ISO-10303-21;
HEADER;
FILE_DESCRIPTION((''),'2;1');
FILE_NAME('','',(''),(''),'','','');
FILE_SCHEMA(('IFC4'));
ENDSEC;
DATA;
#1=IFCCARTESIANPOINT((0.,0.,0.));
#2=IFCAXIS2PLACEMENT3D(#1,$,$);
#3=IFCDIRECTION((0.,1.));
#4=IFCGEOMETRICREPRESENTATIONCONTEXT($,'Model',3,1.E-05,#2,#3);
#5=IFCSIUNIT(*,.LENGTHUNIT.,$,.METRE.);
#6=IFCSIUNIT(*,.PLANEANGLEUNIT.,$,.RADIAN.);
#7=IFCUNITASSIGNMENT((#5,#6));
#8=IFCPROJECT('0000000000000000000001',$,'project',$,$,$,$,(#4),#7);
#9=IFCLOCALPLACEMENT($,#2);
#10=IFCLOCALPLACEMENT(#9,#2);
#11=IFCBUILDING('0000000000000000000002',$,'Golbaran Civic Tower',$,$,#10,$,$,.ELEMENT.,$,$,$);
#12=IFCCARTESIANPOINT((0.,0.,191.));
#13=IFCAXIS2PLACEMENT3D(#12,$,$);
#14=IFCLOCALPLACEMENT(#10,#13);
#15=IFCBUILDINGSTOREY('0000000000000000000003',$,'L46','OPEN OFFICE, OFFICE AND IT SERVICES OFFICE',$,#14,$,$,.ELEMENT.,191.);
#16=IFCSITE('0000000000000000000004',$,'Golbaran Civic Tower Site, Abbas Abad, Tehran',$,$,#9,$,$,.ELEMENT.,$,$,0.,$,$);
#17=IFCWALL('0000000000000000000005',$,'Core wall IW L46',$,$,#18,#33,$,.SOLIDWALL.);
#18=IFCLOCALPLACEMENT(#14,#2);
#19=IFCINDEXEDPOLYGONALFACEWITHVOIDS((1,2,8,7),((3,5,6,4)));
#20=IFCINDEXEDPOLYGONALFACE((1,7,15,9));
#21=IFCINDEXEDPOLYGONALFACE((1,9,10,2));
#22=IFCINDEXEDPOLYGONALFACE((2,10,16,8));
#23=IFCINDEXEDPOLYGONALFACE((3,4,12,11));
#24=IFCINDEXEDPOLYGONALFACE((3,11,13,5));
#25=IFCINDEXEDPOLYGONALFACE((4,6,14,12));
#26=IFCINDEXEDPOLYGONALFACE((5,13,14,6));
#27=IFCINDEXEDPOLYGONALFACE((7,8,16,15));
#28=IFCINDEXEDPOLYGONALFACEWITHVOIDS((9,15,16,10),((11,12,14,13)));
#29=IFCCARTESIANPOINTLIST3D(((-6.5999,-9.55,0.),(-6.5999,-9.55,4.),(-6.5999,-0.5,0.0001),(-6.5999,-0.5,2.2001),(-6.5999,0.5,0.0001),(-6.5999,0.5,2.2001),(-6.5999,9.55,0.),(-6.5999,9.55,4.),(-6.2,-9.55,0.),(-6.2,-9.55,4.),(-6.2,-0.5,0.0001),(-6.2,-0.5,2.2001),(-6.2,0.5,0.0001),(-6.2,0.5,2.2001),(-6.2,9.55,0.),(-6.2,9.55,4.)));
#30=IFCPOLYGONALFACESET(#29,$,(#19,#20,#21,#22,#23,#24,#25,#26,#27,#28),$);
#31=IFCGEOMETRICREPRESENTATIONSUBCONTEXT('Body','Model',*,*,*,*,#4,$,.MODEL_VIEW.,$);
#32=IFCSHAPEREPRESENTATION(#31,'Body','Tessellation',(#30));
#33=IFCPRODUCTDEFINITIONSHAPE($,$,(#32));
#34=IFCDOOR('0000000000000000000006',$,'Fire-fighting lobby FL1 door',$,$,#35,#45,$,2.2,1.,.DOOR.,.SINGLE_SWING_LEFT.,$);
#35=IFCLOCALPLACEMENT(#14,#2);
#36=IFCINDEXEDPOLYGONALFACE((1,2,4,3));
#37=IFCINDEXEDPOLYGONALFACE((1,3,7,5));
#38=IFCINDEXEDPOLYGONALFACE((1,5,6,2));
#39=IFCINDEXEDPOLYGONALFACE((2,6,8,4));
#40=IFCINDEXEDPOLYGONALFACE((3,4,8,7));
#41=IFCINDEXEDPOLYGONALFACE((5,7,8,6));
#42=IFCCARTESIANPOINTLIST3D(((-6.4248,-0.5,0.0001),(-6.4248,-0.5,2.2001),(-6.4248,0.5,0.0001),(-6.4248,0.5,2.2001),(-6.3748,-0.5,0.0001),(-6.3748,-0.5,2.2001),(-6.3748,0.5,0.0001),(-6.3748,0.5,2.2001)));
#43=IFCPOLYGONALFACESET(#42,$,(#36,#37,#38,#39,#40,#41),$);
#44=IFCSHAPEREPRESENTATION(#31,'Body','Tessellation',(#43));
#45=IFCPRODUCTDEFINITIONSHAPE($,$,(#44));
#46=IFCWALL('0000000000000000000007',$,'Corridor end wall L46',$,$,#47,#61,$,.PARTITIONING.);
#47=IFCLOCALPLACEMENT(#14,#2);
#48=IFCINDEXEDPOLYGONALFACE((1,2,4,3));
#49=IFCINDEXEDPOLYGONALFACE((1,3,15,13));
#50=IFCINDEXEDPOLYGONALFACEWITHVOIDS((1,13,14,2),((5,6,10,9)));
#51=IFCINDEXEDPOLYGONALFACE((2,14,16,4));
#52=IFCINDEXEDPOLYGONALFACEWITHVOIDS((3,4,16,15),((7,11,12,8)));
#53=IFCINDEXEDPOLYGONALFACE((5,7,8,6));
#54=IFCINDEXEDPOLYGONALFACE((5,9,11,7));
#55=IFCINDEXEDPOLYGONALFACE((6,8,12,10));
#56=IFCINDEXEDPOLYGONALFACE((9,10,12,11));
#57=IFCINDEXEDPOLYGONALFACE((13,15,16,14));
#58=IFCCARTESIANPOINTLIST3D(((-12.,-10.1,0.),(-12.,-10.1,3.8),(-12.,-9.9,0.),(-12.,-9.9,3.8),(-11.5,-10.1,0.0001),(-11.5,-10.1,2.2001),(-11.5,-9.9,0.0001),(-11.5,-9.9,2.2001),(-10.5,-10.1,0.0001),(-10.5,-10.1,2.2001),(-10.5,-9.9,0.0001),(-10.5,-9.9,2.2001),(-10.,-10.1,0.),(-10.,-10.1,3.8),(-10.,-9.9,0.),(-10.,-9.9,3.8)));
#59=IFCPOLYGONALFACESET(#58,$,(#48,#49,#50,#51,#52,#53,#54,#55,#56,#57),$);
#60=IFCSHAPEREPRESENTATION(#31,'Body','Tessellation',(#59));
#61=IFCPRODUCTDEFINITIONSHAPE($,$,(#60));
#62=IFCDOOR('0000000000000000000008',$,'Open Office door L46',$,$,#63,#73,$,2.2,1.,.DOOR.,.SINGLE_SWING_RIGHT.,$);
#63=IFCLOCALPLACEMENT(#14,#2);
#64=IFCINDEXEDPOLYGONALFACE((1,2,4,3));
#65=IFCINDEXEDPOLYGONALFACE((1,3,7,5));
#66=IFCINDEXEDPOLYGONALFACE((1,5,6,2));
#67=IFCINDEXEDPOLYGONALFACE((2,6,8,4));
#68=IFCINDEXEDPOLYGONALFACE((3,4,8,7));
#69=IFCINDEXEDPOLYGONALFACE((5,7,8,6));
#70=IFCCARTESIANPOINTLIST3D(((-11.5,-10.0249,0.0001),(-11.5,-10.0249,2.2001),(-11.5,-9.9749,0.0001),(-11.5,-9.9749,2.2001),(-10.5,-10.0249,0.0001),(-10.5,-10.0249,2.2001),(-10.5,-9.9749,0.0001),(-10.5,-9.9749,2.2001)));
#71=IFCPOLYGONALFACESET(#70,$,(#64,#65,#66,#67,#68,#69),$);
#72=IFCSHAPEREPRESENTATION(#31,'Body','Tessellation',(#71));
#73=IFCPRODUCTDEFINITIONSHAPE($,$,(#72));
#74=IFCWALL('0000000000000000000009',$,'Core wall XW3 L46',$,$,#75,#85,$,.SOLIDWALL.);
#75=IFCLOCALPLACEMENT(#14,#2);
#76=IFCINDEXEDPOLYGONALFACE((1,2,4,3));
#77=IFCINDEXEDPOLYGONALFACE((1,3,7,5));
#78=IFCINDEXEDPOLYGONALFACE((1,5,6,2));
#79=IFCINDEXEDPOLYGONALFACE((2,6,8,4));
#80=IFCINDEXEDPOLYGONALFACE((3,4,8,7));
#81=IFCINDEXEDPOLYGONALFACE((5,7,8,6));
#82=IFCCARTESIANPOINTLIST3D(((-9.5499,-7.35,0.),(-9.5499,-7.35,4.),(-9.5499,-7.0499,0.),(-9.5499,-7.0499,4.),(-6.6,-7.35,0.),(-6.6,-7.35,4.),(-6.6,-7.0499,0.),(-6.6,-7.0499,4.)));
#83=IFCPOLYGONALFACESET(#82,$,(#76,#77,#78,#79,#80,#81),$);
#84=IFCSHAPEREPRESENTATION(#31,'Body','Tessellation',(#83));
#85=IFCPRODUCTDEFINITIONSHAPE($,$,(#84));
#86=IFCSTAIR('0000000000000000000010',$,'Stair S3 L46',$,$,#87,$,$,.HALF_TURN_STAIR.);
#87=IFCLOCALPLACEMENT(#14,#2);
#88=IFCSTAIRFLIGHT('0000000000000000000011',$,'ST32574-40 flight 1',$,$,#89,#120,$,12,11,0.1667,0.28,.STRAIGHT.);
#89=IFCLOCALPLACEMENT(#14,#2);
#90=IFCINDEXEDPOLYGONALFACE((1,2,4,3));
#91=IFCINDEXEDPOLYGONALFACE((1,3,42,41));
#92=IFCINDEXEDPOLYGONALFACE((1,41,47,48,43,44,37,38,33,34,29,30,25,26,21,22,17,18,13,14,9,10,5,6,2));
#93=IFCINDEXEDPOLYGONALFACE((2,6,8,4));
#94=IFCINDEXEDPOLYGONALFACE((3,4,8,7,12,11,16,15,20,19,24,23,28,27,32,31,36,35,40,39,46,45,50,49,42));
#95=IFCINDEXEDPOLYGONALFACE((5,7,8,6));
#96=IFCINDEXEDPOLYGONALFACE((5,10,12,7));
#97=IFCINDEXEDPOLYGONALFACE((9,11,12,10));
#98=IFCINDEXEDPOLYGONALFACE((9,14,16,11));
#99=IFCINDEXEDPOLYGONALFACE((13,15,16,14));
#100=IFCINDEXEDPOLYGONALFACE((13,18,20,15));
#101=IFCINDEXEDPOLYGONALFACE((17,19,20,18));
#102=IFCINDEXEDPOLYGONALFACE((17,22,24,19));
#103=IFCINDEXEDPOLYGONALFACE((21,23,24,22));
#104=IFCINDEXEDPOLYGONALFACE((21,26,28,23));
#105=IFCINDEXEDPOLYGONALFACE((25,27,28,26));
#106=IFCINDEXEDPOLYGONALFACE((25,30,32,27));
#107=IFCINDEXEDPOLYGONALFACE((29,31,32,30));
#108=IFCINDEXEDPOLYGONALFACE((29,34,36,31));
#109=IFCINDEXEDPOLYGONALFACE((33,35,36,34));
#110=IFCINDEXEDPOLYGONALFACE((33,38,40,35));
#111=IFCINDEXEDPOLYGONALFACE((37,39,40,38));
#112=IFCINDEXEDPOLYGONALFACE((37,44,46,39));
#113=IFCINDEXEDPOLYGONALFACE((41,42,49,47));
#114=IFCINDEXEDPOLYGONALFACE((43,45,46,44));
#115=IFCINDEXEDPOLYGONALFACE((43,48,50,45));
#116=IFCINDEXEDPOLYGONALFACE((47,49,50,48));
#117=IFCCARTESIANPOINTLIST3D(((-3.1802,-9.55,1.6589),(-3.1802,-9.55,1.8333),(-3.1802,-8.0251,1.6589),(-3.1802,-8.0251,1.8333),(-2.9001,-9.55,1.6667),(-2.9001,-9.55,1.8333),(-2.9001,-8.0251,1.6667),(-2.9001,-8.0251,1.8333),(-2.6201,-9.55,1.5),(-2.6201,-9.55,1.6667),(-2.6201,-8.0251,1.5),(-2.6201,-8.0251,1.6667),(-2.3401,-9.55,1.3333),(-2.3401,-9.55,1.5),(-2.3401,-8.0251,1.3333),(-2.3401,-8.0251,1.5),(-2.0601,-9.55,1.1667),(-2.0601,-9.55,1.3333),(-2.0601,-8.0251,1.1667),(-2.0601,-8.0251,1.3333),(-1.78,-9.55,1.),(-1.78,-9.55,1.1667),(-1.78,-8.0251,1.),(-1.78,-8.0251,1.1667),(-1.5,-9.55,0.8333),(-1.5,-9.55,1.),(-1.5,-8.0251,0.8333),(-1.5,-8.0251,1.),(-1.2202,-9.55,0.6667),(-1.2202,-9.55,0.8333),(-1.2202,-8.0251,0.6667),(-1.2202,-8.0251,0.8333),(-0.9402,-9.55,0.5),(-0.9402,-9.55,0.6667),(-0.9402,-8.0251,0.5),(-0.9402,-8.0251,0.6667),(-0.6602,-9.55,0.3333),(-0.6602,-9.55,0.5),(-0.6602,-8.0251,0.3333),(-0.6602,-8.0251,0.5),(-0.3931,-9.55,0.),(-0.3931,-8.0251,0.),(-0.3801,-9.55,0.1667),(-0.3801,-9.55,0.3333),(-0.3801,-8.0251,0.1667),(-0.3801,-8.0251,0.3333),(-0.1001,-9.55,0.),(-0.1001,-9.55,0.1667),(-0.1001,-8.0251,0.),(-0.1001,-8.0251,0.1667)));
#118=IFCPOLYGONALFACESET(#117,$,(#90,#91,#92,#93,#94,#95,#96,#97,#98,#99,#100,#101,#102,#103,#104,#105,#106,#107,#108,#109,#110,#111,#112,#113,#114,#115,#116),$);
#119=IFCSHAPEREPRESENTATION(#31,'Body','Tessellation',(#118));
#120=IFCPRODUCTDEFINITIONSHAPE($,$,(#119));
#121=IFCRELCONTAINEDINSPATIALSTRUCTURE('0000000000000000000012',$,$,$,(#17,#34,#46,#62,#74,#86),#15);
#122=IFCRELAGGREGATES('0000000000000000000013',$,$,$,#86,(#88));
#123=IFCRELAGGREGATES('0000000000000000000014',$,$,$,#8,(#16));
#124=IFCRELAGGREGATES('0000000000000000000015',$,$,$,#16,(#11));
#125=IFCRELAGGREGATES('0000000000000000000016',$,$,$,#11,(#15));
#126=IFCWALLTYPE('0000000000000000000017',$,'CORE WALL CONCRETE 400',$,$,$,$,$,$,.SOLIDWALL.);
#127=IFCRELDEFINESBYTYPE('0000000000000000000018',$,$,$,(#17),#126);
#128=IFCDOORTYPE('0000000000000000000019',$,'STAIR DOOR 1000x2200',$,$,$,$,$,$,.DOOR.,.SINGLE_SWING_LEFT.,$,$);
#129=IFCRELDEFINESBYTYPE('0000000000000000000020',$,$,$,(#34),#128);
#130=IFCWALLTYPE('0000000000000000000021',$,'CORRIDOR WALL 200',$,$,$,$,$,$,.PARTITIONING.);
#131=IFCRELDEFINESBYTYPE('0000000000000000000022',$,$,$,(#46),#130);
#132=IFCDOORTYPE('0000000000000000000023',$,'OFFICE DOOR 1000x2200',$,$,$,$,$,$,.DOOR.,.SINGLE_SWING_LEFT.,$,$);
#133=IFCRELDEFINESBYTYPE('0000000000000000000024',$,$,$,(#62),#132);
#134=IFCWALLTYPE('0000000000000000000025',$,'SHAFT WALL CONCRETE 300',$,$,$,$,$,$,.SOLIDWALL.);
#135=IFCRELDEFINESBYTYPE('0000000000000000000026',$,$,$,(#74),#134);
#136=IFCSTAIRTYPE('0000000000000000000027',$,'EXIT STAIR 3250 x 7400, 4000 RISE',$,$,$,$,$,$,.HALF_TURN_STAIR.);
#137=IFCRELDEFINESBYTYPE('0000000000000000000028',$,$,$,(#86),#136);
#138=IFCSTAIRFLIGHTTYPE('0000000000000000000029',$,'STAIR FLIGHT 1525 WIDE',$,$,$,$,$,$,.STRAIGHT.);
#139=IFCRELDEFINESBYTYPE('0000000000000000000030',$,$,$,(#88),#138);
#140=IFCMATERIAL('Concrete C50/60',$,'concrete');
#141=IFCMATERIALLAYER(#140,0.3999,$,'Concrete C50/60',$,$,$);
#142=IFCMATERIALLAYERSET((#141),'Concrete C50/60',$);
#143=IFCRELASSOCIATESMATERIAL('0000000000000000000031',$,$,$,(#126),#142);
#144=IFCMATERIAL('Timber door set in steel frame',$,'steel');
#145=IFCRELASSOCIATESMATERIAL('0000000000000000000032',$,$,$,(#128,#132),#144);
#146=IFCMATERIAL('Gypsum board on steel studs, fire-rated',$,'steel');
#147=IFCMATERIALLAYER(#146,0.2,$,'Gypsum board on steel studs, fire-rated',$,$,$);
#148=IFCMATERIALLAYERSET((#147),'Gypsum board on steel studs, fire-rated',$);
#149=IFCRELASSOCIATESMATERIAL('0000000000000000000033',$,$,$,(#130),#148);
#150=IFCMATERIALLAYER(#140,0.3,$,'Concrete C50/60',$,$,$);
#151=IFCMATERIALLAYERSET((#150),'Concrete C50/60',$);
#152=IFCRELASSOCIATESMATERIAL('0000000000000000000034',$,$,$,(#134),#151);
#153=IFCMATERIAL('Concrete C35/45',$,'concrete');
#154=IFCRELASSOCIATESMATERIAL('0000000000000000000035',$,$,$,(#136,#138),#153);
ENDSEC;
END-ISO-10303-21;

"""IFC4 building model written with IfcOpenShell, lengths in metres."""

from ifc_helpers import new_model, si_unit, direction, frame, frame_2d, origin, place, context, subcontext, project, spatial, polyline, rectangle, outline, extrude, material, layer, layer_set, type_object, element, fill, aggregate, save


model = new_model("IFC4")

# Units and contexts
model_context = context("Model", 3, precision=1e-05, world=origin(), true_north=direction((0.0, 1.0)))
body_context = subcontext(model_context, "Body", "Model", "MODEL_VIEW")
ifc_project = project(units=[si_unit("LENGTHUNIT", "METRE"), si_unit("PLANEANGLEUNIT", "RADIAN")], contexts=[model_context])

# Site, building, storey
site_placement = place(None, origin())
site = spatial("IfcSite", under=ifc_project, at=site_placement, Name="Golbaran Civic Tower Site, Abbas Abad, Tehran", CompositionType="ELEMENT", RefElevation=0.0)
building_placement = place(site_placement, origin())
building = spatial("IfcBuilding", under=site, at=building_placement, Name="Golbaran Civic Tower", CompositionType="ELEMENT")
storey_placement = place(building_placement, frame((0.0, 0.0, 191.0)))
storey = spatial("IfcBuildingStorey", under=building, at=storey_placement, Name="L46", Description="OPEN OFFICE, OFFICE AND IT SERVICES OFFICE", CompositionType="ELEMENT", Elevation=191.0)

# Walls, openings, doors
ifc_material_1 = material(Name="Concrete C50/60", Category="concrete")
ifc_layer_1 = layer(ifc_material_1, 0.3999, Name="Concrete C50/60")
ifc_layer_set_1 = layer_set([ifc_layer_1], Name="Concrete C50/60")
wall_type_1 = type_object("IfcWallType", Name="CORE WALL CONCRETE 400", PredefinedType="SOLIDWALL", material=ifc_layer_set_1)
wall_1_placement = place(storey_placement, frame((-6.3999, -9.55, 0.0), z_axis=(0.0, 0.0, 1.0), x_axis=(0.0, 1.0, 0.0)))
wall_1 = element("IfcWall", 1, at=wall_1_placement, inside=storey, type_object=wall_type_1, Name="Core wall IW L46", PredefinedType="SOLIDWALL", context=body_context, shape_type="SweptSolid", body=[
    extrude(rectangle(XDim=19.1001, YDim=0.3999, at=frame_2d((9.55, 0.0))), origin(), (0.0, 0.0, 1.0), 4.0),
])
opening_1_placement = place(wall_1_placement, frame((9.05, 0.0, 0.0)))
opening_1 = element("IfcOpeningElement", 2, at=opening_1_placement, cuts=wall_1, PredefinedType="OPENING", context=body_context, shape_type="SweptSolid", body=[
    extrude(rectangle(XDim=1.0, YDim=2.2, at=frame_2d((0.5, 1.1001))), frame((0.0, 0.21, 0.0), z_axis=(0.0, -1.0, 0.0), x_axis=(1.0, 0.0, 0.0)), (0.0, 0.0, 1.0), 0.4199),
])
ifc_material_2 = material(Name="Timber door set in steel frame", Category="steel")
door_type_1 = type_object("IfcDoorType", Name="STAIR DOOR 1000x2200", OperationType="SINGLE_SWING_LEFT", PredefinedType="DOOR", material=ifc_material_2)
door_1_placement = place(opening_1_placement, origin())
door_1 = element("IfcDoor", 3, at=door_1_placement, inside=storey, type_object=door_type_1, Name="Fire-fighting lobby FL1 door", OperationType="SINGLE_SWING_LEFT", OverallHeight=2.2, OverallWidth=1.0, PredefinedType="DOOR", context=body_context, shape_type="SweptSolid", body=[
    extrude(rectangle(XDim=1.0, YDim=2.2, at=frame_2d((0.5, 1.1001))), frame((0.0, 0.0249, 0.0), z_axis=(0.0, -1.0, 0.0), x_axis=(1.0, 0.0, 0.0)), (0.0, 0.0, 1.0), 0.05),
])
fill(opening_1, door_1)
ifc_material_3 = material(Name="Gypsum board on steel studs, fire-rated", Category="steel")
ifc_layer_2 = layer(ifc_material_3, 0.2, Name="Gypsum board on steel studs, fire-rated")
ifc_layer_set_2 = layer_set([ifc_layer_2], Name="Gypsum board on steel studs, fire-rated")
wall_type_2 = type_object("IfcWallType", Name="CORRIDOR WALL 200", PredefinedType="PARTITIONING", material=ifc_layer_set_2)
wall_2_placement = place(storey_placement, frame((-10.0, -10.0, 0.0), z_axis=(0.0, 0.0, 1.0), x_axis=(-1.0, 0.0, 0.0)))
wall_2 = element("IfcWall", 4, at=wall_2_placement, inside=storey, type_object=wall_type_2, Name="Corridor end wall L46", PredefinedType="PARTITIONING", context=body_context, shape_type="SweptSolid", body=[
    extrude(rectangle(XDim=2.0, YDim=0.2, at=frame_2d((1.0, 0.0))), origin(), (0.0, 0.0, 1.0), 3.8),
])
opening_2_placement = place(wall_2_placement, frame((0.5, 0.0, 0.0)))
opening_2 = element("IfcOpeningElement", 5, at=opening_2_placement, cuts=wall_2, PredefinedType="OPENING", context=body_context, shape_type="SweptSolid", body=[
    extrude(rectangle(XDim=1.0, YDim=2.2, at=frame_2d((0.5, 1.1001))), frame((0.0, 0.1099, 0.0), z_axis=(0.0, -1.0, 0.0), x_axis=(1.0, 0.0, 0.0)), (0.0, 0.0, 1.0), 0.22),
])
door_type_2 = type_object("IfcDoorType", Name="OFFICE DOOR 1000x2200", OperationType="SINGLE_SWING_LEFT", PredefinedType="DOOR", material=ifc_material_2)
door_2_placement = place(opening_2_placement, origin())
door_2 = element("IfcDoor", 6, at=door_2_placement, inside=storey, type_object=door_type_2, Name="Open Office door L46", OperationType="SINGLE_SWING_RIGHT", OverallHeight=2.2, OverallWidth=1.0, PredefinedType="DOOR", context=body_context, shape_type="SweptSolid", body=[
    extrude(rectangle(XDim=1.0, YDim=2.2, at=frame_2d((0.5, 1.1001))), frame((0.0, 0.0249, 0.0), z_axis=(0.0, -1.0, 0.0), x_axis=(1.0, 0.0, 0.0)), (0.0, 0.0, 1.0), 0.05),
])
fill(opening_2, door_2)

# Wall
ifc_layer_3 = layer(ifc_material_1, 0.3, Name="Concrete C50/60")
ifc_layer_set_3 = layer_set([ifc_layer_3], Name="Concrete C50/60")
wall_type_3 = type_object("IfcWallType", Name="SHAFT WALL CONCRETE 300", PredefinedType="SOLIDWALL", material=ifc_layer_set_3)
wall_3_placement = place(storey_placement, frame((-9.55, -7.2, 0.0), z_axis=(0.0, 0.0, 1.0), x_axis=(1.0, 0.0, 0.0)))
element("IfcWall", 7, at=wall_3_placement, inside=storey, type_object=wall_type_3, Name="Core wall XW3 L46", PredefinedType="SOLIDWALL", context=body_context, shape_type="SweptSolid", body=[
    extrude(rectangle(XDim=2.95, YDim=0.3, at=frame_2d((1.4751, 0.0))), origin(), (0.0, 0.0, 1.0), 4.0),
])

# Stair, stair flight
ifc_material_4 = material(Name="Concrete C35/45", Category="concrete")
stair_type = type_object("IfcStairType", Name="EXIT STAIR 3250 x 7400, 4000 RISE", PredefinedType="HALF_TURN_STAIR", material=ifc_material_4)
stair_placement = place(storey_placement, origin())
stair = element("IfcStair", 8, at=stair_placement, inside=storey, type_object=stair_type, Name="Stair S3 L46", PredefinedType="HALF_TURN_STAIR")
stair_flight_type = type_object("IfcStairFlightType", Name="STAIR FLIGHT 1525 WIDE", PredefinedType="STRAIGHT", material=ifc_material_4)
stair_flight_placement = place(storey_placement, frame((-0.1001, -8.7876, 0.0), z_axis=(0.0, 0.0, 1.0), x_axis=(-1.0, 0.0, 0.0)))
stair_flight = element("IfcStairFlight", 9, at=stair_flight_placement, type_object=stair_flight_type, Name="ST32574-40 flight 1", NumberOfRisers=12, NumberOfTreads=11, PredefinedType="STRAIGHT", RiserHeight=0.1667, TreadLength=0.28, context=body_context, shape_type="SweptSolid", body=[
    extrude(outline(polyline([(0.0, 0.0), (0.0, 0.1667), (0.28, 0.1667), (0.28, 0.3333), (0.5601, 0.3333), (0.5601, 0.5), (0.8401, 0.5), (0.8401, 0.6667), (1.1201, 0.6667), (1.1201, 0.8333), (1.3999, 0.8333), (1.3999, 1.0), (1.6799, 1.0), (1.6799, 1.1667), (1.96, 1.1667), (1.96, 1.3333), (2.24, 1.3333), (2.24, 1.5), (2.52, 1.5), (2.52, 1.6667), (2.8, 1.6667), (2.8, 1.8333), (3.0801, 1.8333), (3.0801, 2.0), (3.0801, 1.6589), (0.293, 0.0), (0.0, 0.0)])), frame((0.0, 0.7625, 0.0), z_axis=(0.0, -1.0, 0.0), x_axis=(1.0, 0.0, 0.0)), (0.0, 0.0, 1.0), 1.5249),
])
aggregate(stair, [stair_flight])

save(model, "model.ifc")
